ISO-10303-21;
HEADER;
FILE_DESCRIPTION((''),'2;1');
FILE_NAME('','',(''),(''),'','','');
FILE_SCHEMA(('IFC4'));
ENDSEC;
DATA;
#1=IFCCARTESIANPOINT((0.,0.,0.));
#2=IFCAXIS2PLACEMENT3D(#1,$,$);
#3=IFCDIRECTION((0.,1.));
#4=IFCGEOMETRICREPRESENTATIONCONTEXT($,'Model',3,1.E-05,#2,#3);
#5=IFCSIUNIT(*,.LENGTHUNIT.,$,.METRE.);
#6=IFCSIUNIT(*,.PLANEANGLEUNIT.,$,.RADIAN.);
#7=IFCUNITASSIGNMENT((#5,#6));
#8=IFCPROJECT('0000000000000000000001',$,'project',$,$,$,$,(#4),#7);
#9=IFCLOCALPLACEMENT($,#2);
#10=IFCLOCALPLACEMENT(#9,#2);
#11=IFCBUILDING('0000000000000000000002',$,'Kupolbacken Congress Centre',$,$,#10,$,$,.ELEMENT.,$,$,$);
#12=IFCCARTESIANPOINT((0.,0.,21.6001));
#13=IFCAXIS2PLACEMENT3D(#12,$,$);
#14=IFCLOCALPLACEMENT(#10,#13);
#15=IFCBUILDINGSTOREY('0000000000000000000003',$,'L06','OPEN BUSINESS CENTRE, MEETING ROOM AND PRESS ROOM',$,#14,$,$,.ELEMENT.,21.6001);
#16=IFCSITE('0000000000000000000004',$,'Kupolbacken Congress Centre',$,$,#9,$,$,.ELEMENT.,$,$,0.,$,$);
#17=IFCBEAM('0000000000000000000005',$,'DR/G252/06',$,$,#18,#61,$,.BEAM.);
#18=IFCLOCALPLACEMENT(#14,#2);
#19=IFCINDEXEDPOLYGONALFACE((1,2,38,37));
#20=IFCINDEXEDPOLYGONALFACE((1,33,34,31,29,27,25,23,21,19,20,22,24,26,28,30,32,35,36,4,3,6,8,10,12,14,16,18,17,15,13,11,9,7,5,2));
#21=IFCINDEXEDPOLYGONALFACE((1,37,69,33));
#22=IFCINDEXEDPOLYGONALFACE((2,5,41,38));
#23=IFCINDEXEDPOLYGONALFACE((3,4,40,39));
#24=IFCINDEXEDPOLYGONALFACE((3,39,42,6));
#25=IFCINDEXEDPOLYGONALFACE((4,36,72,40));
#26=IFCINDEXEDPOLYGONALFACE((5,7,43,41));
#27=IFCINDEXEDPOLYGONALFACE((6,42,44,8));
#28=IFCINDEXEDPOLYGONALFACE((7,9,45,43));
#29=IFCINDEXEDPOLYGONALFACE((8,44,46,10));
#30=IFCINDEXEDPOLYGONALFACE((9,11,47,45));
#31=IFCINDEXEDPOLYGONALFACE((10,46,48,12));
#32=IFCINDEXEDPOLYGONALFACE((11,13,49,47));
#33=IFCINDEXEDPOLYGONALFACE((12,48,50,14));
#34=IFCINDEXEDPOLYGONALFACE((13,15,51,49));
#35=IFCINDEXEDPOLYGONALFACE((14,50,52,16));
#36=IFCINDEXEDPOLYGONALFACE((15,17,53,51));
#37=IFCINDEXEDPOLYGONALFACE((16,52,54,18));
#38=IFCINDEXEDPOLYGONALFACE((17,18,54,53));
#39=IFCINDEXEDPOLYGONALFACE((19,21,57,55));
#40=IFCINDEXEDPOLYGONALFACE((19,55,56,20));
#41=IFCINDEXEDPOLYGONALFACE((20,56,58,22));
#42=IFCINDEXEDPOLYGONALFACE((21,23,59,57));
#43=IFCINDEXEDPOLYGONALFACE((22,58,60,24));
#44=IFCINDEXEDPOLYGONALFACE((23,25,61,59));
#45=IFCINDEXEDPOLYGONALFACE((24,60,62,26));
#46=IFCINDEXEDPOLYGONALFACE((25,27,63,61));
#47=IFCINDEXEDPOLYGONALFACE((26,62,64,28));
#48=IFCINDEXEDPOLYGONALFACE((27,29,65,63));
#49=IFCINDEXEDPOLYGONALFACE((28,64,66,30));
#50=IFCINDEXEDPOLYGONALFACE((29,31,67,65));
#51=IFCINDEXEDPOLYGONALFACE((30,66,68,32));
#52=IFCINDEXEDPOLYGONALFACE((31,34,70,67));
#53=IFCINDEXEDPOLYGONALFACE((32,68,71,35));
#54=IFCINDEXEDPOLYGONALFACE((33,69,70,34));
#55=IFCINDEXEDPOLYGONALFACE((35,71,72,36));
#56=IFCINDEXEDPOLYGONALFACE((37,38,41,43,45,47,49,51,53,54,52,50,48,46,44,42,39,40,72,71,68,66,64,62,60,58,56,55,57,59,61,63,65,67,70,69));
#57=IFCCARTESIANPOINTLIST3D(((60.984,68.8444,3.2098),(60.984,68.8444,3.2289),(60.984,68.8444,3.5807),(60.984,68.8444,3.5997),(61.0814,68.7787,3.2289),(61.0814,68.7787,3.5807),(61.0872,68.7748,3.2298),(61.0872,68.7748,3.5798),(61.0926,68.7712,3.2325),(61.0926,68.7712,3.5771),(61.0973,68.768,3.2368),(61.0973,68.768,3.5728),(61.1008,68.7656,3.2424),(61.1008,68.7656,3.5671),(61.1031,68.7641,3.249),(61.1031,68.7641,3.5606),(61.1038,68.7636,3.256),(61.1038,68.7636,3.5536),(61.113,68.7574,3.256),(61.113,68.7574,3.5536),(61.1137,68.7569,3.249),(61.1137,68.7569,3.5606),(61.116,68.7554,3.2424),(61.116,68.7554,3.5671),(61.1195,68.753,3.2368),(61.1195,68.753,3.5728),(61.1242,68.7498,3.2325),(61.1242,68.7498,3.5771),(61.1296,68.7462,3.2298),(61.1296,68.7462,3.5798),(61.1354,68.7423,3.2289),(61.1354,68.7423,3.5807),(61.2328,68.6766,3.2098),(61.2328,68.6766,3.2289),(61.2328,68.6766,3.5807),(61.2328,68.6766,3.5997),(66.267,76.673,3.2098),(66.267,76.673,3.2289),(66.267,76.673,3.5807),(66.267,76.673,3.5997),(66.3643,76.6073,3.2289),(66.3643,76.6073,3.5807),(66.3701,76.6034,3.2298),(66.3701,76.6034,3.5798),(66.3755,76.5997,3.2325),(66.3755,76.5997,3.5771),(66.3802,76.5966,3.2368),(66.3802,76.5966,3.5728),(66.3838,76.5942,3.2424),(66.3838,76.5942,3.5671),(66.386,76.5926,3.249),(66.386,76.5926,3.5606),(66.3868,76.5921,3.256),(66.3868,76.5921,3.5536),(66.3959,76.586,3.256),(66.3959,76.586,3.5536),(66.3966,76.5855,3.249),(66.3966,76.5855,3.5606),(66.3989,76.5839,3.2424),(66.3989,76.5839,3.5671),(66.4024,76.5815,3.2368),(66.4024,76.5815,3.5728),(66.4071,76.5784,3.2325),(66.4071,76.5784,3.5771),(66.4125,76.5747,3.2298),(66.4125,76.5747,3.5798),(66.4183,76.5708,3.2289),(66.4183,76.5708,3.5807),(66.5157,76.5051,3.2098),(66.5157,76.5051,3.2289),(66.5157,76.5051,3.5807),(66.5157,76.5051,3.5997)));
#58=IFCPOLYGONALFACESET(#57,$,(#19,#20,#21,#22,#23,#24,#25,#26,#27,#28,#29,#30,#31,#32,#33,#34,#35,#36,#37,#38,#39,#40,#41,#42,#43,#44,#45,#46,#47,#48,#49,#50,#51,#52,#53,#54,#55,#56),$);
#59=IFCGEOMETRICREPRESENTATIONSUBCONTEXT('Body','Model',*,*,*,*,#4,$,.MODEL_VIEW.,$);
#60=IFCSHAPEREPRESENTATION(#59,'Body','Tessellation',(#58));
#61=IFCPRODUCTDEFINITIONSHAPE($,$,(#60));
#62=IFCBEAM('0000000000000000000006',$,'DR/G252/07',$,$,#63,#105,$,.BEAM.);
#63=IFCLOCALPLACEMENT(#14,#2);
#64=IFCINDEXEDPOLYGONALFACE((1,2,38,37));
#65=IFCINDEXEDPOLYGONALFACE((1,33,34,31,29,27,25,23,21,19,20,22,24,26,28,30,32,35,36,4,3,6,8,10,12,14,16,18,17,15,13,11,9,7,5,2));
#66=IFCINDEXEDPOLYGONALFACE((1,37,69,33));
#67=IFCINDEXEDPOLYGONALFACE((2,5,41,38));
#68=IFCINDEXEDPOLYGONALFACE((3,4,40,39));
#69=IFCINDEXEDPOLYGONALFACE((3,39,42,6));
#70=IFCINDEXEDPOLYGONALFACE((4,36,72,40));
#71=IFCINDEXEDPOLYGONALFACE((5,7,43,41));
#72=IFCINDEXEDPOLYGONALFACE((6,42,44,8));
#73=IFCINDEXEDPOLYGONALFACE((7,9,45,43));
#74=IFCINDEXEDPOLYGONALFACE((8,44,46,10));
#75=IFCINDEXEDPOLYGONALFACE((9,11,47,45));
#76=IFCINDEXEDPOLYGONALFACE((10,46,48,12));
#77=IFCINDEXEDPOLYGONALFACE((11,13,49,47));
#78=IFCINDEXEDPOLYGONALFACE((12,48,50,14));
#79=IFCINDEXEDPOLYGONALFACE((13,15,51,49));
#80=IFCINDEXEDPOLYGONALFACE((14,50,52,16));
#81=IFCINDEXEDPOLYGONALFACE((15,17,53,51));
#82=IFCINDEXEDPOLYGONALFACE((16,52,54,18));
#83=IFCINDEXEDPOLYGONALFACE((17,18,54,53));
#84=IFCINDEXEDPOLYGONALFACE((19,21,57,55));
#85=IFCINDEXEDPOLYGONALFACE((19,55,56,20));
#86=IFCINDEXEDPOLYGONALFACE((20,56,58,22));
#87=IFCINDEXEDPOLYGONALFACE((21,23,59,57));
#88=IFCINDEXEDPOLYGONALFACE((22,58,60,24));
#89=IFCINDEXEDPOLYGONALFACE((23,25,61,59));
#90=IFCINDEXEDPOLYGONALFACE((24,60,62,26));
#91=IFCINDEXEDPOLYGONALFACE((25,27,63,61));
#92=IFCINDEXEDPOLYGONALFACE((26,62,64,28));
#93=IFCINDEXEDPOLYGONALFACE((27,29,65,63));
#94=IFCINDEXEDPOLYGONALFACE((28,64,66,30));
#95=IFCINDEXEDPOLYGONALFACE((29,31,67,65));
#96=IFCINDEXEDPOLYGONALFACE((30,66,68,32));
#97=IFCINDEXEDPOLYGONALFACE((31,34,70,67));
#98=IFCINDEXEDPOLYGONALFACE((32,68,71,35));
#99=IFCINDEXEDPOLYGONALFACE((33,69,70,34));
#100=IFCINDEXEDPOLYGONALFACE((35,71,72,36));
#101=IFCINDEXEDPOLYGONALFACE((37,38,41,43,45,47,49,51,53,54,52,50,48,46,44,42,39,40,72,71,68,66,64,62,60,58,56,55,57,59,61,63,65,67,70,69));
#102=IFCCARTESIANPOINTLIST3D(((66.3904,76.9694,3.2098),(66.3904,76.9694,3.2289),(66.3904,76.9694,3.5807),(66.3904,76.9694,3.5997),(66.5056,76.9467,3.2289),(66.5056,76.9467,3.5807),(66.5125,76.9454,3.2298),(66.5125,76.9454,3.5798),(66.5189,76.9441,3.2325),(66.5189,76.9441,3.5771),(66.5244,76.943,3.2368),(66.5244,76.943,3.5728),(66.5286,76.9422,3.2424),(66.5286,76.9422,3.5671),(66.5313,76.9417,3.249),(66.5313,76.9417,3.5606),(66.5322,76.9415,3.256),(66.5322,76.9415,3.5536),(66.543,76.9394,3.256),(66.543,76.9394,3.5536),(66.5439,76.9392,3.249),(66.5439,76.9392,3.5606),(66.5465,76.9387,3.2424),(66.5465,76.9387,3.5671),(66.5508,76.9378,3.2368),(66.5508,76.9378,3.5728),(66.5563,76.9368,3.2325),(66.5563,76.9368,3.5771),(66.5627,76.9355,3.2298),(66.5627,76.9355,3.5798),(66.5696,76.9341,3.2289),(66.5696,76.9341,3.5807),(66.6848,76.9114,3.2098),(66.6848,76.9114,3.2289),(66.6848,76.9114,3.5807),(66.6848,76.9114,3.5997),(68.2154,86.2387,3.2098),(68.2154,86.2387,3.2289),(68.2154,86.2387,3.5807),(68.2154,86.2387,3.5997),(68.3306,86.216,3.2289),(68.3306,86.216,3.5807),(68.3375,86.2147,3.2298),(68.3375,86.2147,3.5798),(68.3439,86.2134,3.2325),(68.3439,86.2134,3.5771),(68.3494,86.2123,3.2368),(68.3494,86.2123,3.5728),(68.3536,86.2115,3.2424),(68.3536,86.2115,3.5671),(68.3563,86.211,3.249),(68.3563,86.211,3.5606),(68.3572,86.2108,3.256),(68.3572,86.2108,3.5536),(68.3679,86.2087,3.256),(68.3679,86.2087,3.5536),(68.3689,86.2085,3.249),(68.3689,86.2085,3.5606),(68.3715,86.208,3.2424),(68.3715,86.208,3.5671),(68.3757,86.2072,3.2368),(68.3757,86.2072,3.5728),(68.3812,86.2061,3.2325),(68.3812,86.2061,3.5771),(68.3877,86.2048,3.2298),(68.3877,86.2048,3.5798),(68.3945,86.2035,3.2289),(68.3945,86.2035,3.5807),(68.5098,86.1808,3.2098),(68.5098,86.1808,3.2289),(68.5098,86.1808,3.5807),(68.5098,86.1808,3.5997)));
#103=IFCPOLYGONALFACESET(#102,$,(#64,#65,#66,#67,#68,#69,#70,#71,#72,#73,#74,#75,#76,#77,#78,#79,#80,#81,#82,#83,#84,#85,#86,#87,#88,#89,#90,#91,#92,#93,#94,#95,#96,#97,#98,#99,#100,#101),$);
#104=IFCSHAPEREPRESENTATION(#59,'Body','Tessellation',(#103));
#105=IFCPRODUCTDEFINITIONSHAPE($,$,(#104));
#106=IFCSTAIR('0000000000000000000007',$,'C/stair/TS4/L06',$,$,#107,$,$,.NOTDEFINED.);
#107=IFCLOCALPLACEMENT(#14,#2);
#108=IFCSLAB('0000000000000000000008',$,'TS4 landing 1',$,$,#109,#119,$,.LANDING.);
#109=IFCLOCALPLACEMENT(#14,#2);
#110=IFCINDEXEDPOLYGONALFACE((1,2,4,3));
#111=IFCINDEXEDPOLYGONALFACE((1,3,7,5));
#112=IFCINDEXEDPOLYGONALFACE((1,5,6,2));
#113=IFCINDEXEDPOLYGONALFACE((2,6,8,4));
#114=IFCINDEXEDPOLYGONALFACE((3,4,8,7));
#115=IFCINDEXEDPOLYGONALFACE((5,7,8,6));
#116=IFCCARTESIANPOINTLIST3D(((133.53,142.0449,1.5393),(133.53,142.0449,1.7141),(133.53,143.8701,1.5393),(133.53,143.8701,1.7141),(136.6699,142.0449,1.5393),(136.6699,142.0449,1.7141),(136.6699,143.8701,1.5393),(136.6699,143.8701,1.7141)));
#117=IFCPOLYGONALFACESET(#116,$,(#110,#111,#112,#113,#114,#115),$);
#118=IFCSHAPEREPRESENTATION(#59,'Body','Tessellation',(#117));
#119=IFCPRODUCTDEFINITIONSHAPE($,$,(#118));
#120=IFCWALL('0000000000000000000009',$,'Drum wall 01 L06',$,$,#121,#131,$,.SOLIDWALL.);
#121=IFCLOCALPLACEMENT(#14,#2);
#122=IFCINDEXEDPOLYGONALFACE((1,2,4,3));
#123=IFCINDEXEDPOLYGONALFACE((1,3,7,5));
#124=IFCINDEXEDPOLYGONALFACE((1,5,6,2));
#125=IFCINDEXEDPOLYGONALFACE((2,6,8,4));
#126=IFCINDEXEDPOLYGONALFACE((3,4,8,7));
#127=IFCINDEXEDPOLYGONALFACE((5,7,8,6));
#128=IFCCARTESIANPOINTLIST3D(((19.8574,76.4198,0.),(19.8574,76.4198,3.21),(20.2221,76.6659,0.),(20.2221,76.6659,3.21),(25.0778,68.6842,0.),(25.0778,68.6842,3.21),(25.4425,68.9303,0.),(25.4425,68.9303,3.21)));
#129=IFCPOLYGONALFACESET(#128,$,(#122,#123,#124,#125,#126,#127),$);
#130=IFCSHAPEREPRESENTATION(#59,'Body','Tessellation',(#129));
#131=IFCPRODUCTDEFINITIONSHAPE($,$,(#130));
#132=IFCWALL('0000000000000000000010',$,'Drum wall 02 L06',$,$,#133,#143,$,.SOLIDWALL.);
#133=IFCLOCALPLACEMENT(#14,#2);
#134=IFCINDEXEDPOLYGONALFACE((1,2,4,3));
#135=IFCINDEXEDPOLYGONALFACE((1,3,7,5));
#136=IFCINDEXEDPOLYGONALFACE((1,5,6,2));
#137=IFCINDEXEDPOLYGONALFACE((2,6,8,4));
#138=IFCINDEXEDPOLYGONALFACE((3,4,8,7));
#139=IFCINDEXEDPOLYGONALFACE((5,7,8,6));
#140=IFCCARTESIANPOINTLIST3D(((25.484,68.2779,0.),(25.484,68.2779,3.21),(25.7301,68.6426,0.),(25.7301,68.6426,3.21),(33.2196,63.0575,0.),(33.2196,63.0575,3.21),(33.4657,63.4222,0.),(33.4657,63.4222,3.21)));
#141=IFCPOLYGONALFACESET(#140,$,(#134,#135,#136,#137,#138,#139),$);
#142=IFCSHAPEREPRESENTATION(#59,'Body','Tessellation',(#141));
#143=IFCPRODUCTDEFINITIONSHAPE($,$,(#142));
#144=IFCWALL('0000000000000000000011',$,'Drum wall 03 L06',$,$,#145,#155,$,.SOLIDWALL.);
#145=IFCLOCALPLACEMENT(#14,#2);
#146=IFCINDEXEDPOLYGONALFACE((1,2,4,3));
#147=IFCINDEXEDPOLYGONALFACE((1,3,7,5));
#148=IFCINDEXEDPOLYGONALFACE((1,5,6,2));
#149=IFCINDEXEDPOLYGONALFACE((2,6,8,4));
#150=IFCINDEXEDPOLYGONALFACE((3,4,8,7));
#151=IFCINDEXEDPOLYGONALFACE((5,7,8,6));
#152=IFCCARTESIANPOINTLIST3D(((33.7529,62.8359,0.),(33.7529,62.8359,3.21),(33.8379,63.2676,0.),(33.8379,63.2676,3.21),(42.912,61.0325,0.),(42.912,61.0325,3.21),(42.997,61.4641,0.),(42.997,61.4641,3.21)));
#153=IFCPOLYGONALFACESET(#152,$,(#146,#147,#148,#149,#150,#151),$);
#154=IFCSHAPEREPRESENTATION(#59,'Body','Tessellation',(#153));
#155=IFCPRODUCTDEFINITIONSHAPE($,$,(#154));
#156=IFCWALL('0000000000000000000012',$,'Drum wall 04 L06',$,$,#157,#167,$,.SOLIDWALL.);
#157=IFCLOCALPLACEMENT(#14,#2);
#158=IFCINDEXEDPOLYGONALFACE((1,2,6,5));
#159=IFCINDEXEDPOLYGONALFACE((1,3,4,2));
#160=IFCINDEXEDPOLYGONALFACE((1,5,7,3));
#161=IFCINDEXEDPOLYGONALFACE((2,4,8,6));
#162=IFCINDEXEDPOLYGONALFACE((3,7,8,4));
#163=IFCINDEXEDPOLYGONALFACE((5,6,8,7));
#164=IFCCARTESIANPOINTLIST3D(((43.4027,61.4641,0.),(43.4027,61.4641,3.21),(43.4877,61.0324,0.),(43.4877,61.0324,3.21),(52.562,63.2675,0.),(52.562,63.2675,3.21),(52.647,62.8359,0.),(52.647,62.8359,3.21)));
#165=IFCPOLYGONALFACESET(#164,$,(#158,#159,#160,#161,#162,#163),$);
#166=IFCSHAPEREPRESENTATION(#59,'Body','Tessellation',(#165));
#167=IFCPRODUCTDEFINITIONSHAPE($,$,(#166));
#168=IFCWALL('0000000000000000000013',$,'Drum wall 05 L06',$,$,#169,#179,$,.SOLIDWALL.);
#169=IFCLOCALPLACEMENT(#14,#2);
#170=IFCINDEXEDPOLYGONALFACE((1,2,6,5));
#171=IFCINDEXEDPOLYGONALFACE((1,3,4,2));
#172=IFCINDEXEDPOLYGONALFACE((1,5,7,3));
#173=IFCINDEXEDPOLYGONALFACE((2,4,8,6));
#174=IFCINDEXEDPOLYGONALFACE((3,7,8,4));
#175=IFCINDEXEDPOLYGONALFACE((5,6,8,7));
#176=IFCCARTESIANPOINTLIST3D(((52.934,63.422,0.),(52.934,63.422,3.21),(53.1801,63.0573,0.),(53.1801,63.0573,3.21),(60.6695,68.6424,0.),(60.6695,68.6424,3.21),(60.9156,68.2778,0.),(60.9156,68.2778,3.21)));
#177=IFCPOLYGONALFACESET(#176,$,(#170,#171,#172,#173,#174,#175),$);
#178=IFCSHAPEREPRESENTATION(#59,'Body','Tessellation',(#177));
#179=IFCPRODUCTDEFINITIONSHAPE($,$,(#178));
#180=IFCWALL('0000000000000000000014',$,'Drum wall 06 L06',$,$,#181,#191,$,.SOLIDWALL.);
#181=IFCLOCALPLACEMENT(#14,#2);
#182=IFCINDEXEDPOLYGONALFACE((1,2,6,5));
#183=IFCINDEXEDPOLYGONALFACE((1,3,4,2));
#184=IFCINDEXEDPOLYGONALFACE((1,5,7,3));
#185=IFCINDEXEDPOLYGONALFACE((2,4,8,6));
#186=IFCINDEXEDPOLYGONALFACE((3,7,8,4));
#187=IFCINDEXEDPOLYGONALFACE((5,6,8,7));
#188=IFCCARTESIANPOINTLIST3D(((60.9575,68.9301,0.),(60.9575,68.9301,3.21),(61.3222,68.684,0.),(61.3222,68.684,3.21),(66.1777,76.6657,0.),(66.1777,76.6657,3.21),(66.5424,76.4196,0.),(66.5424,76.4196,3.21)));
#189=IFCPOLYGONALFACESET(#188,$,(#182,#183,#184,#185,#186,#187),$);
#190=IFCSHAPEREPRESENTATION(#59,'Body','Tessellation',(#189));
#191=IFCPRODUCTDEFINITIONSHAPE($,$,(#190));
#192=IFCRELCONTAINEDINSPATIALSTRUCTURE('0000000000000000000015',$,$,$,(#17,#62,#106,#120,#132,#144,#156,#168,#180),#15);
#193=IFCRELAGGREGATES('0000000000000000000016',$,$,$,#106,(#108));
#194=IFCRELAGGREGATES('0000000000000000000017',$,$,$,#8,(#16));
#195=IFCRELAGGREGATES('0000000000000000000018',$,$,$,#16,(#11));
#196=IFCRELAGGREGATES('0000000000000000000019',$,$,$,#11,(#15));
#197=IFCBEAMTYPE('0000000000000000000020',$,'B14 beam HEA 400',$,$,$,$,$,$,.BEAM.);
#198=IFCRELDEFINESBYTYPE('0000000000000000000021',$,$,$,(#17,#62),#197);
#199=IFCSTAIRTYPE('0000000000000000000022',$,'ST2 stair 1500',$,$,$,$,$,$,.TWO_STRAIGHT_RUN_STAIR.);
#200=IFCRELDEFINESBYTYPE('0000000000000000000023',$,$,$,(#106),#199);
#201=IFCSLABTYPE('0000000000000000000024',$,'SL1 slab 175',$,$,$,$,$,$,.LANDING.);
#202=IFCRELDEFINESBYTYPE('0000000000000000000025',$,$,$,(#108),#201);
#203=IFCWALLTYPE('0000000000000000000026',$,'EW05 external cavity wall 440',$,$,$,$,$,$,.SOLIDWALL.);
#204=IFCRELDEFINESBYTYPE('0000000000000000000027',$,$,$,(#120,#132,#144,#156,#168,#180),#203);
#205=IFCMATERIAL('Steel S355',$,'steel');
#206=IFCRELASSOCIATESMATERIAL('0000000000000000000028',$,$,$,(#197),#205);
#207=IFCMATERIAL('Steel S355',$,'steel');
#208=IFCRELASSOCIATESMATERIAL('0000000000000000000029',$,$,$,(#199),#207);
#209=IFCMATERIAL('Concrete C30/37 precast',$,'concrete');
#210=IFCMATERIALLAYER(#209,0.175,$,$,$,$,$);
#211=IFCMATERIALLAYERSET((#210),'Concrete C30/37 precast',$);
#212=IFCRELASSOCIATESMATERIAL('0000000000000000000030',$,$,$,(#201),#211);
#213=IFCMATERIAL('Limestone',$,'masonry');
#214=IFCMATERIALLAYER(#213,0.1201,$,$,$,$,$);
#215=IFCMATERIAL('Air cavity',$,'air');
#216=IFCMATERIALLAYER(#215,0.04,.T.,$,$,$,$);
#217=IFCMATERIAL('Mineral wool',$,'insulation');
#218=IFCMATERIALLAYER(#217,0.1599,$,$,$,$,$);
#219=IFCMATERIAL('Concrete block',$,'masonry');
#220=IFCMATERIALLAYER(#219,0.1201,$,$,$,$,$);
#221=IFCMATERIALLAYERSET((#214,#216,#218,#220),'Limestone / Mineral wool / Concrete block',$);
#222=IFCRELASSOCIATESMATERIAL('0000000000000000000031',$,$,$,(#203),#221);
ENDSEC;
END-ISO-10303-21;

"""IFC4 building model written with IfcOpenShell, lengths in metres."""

from ifc_helpers import new_model, si_unit, direction, frame, frame_2d, origin, origin_2d, place, context, subcontext, project, spatial, polyline, rectangle, i_section, outline, extrude, material, layer, layer_set, material_profile, profile_set, type_object, element, aggregate, save


model = new_model("IFC4")

# Units and contexts
model_context = context("Model", 3, precision=1e-05, world=origin(), true_north=direction((0.0, 1.0)))
body_context = subcontext(model_context, "Body", "Model", "MODEL_VIEW")
ifc_project = project(units=[si_unit("LENGTHUNIT", "METRE"), si_unit("PLANEANGLEUNIT", "RADIAN")], contexts=[model_context])

# Site, building, storey
site_placement = place(None, origin())
site = spatial("IfcSite", under=ifc_project, at=site_placement, Name="Kupolbacken Congress Centre", CompositionType="ELEMENT", RefElevation=0.0)
building_placement = place(site_placement, origin())
building = spatial("IfcBuilding", under=site, at=building_placement, Name="Kupolbacken Congress Centre", CompositionType="ELEMENT")
storey_placement = place(building_placement, frame((0.0, 0.0, 21.6001)))
storey = spatial("IfcBuildingStorey", under=building, at=storey_placement, Name="L06", Description="OPEN BUSINESS CENTRE, MEETING ROOM AND PRESS ROOM", CompositionType="ELEMENT", Elevation=21.6001)

# Beams
ifc_material_1 = material(Name="Steel S355", Category="steel")
ifc_material_profile_1 = material_profile(ifc_material_1, i_section(OverallWidth=0.3, OverallDepth=0.3899, WebThickness=0.011, FlangeThickness=0.019, FilletRadius=0.0271, at=origin_2d()), Name="HEA 400")
ifc_profile_set_1 = profile_set([ifc_material_profile_1], Name="Steel S355")
beam_type = type_object("IfcBeamType", Name="B14 beam HEA 400", PredefinedType="BEAM", material=ifc_profile_set_1)
for number, where, z_axis, x_axis, name in (
    (1, (61.1084, 68.7605, 3.4048), (0.559374, 0.828915, 0.0), (-0.828915, 0.559374, 0.0), "DR/G252/06"),
):
    element("IfcBeam", number, at=place(storey_placement, frame(where, z_axis=z_axis, x_axis=x_axis)), inside=storey, type_object=beam_type, Name=name, PredefinedType="BEAM", context=body_context, shape_type="SweptSolid", body=[
        extrude(i_section(OverallWidth=0.3, OverallDepth=0.3899, WebThickness=0.011, FlangeThickness=0.019, FilletRadius=0.0271, at=origin_2d()), origin(), (0.0, 0.0, 1.0), 9.4443),
    ])
beam_placement = place(storey_placement, frame((66.5376, 76.9404, 3.4048), z_axis=(0.193173, 0.981165, 0.0), x_axis=(-0.981165, 0.193173, 0.0)))
element("IfcBeam", 2, at=beam_placement, inside=storey, type_object=beam_type, Name="DR/G252/07", PredefinedType="BEAM", context=body_context, shape_type="SweptSolid", body=[
    extrude(i_section(OverallWidth=0.3, OverallDepth=0.3899, WebThickness=0.011, FlangeThickness=0.019, FilletRadius=0.0271, at=origin_2d()), origin(), (0.0, 0.0, 1.0), 9.4473),
])

# Stair, slab
ifc_material_2 = material(Name="Steel S355", Category="steel")
stair_type = type_object("IfcStairType", Name="ST2 stair 1500", PredefinedType="TWO_STRAIGHT_RUN_STAIR", material=ifc_material_2)
stair_placement = place(storey_placement, origin())
stair = element("IfcStair", 3, at=stair_placement, inside=storey, type_object=stair_type, Name="C/stair/TS4/L06", PredefinedType="NOTDEFINED")
ifc_material_3 = material(Name="Concrete C30/37 precast", Category="concrete")
ifc_layer_1 = layer(ifc_material_3, 0.175)
ifc_layer_set_1 = layer_set([ifc_layer_1], Name="Concrete C30/37 precast")
slab_type = type_object("IfcSlabType", Name="SL1 slab 175", PredefinedType="LANDING", material=ifc_layer_set_1)
slab_placement = place(storey_placement, frame((0.0, 0.0, 1.5393)))
slab = element("IfcSlab", 4, at=slab_placement, type_object=slab_type, Name="TS4 landing 1", PredefinedType="LANDING", context=body_context, shape_type="SweptSolid", body=[
    extrude(outline(polyline([(133.53, 142.0449), (136.6699, 142.0449), (136.6699, 143.8701), (133.53, 143.8701), (133.53, 142.0449)])), origin(), (0.0, 0.0, 1.0), 0.1748),
])
aggregate(stair, [slab])

# Walls
ifc_material_4 = material(Name="Limestone", Category="masonry")
ifc_layer_2 = layer(ifc_material_4, 0.1201)
ifc_material_5 = material(Name="Air cavity", Category="air")
ifc_layer_3 = layer(ifc_material_5, 0.04, ventilated=True)
ifc_material_6 = material(Name="Mineral wool", Category="insulation")
ifc_layer_4 = layer(ifc_material_6, 0.1599)
ifc_material_7 = material(Name="Concrete block", Category="masonry")
ifc_layer_5 = layer(ifc_material_7, 0.1201)
ifc_layer_set_2 = layer_set([ifc_layer_2, ifc_layer_3, ifc_layer_4, ifc_layer_5], Name="Limestone / Mineral wool / Concrete block")
wall_type = type_object("IfcWallType", Name="EW05 external cavity wall 440", PredefinedType="SOLIDWALL", material=ifc_layer_set_2)
for number, where, z_axis, x_axis, name in (
    (5, (20.0398, 76.5427, 0.0), (0.0, 0.0, 1.0), (0.559394, -0.828902, 0.0), "Drum wall 01 L06"),
    (6, (25.6072, 68.4602, 0.0), (0.0, 0.0, 1.0), (0.828902, -0.559394, 0.0), "Drum wall 02 L06"),
):
    element("IfcWall", number, at=place(storey_placement, frame(where, z_axis=z_axis, x_axis=x_axis)), inside=storey, type_object=wall_type, Name=name, PredefinedType="SOLIDWALL", context=body_context, shape_type="SweptSolid", body=[
        extrude(rectangle(XDim=9.3323, YDim=0.4399, at=frame_2d((4.666, 0.0))), origin(), (0.0, 0.0, 1.0), 3.21),
    ])
wall_1_placement = place(storey_placement, frame((33.7954, 63.0518, 0.0), z_axis=(0.0, 0.0, 1.0), x_axis=(0.981161, -0.193193, 0.0)))
element("IfcWall", 7, at=wall_1_placement, inside=storey, type_object=wall_type, Name="Drum wall 03 L06", PredefinedType="SOLIDWALL", context=body_context, shape_type="SweptSolid", body=[
    extrude(rectangle(XDim=9.335, YDim=0.4399, at=frame_2d((4.6675, 0.0))), origin(), (0.0, 0.0, 1.0), 3.21),
])
wall_2_placement = place(storey_placement, frame((43.4453, 61.2483, 0.0), z_axis=(0.0, 0.0, 1.0), x_axis=(0.981162, 0.193188, 0.0)))
element("IfcWall", 8, at=wall_2_placement, inside=storey, type_object=wall_type, Name="Drum wall 04 L06", PredefinedType="SOLIDWALL", context=body_context, shape_type="SweptSolid", body=[
    extrude(rectangle(XDim=9.3352, YDim=0.4399, at=frame_2d((4.6675, 0.0))), origin(), (0.0, 0.0, 1.0), 3.21),
])
for number, where, z_axis, x_axis, name in (
    (9, (53.0571, 63.2397, 0.0), (0.0, 0.0, 1.0), (0.828902, 0.559394, 0.0), "Drum wall 05 L06"),
    (10, (61.1399, 68.8071, 0.0), (0.0, 0.0, 1.0), (0.559376, 0.828914, 0.0), "Drum wall 06 L06"),
):
    element("IfcWall", number, at=place(storey_placement, frame(where, z_axis=z_axis, x_axis=x_axis)), inside=storey, type_object=wall_type, Name=name, PredefinedType="SOLIDWALL", context=body_context, shape_type="SweptSolid", body=[
        extrude(rectangle(XDim=9.3323, YDim=0.4399, at=frame_2d((4.666, 0.0))), origin(), (0.0, 0.0, 1.0), 3.21),
    ])

save(model, "model.ifc")
